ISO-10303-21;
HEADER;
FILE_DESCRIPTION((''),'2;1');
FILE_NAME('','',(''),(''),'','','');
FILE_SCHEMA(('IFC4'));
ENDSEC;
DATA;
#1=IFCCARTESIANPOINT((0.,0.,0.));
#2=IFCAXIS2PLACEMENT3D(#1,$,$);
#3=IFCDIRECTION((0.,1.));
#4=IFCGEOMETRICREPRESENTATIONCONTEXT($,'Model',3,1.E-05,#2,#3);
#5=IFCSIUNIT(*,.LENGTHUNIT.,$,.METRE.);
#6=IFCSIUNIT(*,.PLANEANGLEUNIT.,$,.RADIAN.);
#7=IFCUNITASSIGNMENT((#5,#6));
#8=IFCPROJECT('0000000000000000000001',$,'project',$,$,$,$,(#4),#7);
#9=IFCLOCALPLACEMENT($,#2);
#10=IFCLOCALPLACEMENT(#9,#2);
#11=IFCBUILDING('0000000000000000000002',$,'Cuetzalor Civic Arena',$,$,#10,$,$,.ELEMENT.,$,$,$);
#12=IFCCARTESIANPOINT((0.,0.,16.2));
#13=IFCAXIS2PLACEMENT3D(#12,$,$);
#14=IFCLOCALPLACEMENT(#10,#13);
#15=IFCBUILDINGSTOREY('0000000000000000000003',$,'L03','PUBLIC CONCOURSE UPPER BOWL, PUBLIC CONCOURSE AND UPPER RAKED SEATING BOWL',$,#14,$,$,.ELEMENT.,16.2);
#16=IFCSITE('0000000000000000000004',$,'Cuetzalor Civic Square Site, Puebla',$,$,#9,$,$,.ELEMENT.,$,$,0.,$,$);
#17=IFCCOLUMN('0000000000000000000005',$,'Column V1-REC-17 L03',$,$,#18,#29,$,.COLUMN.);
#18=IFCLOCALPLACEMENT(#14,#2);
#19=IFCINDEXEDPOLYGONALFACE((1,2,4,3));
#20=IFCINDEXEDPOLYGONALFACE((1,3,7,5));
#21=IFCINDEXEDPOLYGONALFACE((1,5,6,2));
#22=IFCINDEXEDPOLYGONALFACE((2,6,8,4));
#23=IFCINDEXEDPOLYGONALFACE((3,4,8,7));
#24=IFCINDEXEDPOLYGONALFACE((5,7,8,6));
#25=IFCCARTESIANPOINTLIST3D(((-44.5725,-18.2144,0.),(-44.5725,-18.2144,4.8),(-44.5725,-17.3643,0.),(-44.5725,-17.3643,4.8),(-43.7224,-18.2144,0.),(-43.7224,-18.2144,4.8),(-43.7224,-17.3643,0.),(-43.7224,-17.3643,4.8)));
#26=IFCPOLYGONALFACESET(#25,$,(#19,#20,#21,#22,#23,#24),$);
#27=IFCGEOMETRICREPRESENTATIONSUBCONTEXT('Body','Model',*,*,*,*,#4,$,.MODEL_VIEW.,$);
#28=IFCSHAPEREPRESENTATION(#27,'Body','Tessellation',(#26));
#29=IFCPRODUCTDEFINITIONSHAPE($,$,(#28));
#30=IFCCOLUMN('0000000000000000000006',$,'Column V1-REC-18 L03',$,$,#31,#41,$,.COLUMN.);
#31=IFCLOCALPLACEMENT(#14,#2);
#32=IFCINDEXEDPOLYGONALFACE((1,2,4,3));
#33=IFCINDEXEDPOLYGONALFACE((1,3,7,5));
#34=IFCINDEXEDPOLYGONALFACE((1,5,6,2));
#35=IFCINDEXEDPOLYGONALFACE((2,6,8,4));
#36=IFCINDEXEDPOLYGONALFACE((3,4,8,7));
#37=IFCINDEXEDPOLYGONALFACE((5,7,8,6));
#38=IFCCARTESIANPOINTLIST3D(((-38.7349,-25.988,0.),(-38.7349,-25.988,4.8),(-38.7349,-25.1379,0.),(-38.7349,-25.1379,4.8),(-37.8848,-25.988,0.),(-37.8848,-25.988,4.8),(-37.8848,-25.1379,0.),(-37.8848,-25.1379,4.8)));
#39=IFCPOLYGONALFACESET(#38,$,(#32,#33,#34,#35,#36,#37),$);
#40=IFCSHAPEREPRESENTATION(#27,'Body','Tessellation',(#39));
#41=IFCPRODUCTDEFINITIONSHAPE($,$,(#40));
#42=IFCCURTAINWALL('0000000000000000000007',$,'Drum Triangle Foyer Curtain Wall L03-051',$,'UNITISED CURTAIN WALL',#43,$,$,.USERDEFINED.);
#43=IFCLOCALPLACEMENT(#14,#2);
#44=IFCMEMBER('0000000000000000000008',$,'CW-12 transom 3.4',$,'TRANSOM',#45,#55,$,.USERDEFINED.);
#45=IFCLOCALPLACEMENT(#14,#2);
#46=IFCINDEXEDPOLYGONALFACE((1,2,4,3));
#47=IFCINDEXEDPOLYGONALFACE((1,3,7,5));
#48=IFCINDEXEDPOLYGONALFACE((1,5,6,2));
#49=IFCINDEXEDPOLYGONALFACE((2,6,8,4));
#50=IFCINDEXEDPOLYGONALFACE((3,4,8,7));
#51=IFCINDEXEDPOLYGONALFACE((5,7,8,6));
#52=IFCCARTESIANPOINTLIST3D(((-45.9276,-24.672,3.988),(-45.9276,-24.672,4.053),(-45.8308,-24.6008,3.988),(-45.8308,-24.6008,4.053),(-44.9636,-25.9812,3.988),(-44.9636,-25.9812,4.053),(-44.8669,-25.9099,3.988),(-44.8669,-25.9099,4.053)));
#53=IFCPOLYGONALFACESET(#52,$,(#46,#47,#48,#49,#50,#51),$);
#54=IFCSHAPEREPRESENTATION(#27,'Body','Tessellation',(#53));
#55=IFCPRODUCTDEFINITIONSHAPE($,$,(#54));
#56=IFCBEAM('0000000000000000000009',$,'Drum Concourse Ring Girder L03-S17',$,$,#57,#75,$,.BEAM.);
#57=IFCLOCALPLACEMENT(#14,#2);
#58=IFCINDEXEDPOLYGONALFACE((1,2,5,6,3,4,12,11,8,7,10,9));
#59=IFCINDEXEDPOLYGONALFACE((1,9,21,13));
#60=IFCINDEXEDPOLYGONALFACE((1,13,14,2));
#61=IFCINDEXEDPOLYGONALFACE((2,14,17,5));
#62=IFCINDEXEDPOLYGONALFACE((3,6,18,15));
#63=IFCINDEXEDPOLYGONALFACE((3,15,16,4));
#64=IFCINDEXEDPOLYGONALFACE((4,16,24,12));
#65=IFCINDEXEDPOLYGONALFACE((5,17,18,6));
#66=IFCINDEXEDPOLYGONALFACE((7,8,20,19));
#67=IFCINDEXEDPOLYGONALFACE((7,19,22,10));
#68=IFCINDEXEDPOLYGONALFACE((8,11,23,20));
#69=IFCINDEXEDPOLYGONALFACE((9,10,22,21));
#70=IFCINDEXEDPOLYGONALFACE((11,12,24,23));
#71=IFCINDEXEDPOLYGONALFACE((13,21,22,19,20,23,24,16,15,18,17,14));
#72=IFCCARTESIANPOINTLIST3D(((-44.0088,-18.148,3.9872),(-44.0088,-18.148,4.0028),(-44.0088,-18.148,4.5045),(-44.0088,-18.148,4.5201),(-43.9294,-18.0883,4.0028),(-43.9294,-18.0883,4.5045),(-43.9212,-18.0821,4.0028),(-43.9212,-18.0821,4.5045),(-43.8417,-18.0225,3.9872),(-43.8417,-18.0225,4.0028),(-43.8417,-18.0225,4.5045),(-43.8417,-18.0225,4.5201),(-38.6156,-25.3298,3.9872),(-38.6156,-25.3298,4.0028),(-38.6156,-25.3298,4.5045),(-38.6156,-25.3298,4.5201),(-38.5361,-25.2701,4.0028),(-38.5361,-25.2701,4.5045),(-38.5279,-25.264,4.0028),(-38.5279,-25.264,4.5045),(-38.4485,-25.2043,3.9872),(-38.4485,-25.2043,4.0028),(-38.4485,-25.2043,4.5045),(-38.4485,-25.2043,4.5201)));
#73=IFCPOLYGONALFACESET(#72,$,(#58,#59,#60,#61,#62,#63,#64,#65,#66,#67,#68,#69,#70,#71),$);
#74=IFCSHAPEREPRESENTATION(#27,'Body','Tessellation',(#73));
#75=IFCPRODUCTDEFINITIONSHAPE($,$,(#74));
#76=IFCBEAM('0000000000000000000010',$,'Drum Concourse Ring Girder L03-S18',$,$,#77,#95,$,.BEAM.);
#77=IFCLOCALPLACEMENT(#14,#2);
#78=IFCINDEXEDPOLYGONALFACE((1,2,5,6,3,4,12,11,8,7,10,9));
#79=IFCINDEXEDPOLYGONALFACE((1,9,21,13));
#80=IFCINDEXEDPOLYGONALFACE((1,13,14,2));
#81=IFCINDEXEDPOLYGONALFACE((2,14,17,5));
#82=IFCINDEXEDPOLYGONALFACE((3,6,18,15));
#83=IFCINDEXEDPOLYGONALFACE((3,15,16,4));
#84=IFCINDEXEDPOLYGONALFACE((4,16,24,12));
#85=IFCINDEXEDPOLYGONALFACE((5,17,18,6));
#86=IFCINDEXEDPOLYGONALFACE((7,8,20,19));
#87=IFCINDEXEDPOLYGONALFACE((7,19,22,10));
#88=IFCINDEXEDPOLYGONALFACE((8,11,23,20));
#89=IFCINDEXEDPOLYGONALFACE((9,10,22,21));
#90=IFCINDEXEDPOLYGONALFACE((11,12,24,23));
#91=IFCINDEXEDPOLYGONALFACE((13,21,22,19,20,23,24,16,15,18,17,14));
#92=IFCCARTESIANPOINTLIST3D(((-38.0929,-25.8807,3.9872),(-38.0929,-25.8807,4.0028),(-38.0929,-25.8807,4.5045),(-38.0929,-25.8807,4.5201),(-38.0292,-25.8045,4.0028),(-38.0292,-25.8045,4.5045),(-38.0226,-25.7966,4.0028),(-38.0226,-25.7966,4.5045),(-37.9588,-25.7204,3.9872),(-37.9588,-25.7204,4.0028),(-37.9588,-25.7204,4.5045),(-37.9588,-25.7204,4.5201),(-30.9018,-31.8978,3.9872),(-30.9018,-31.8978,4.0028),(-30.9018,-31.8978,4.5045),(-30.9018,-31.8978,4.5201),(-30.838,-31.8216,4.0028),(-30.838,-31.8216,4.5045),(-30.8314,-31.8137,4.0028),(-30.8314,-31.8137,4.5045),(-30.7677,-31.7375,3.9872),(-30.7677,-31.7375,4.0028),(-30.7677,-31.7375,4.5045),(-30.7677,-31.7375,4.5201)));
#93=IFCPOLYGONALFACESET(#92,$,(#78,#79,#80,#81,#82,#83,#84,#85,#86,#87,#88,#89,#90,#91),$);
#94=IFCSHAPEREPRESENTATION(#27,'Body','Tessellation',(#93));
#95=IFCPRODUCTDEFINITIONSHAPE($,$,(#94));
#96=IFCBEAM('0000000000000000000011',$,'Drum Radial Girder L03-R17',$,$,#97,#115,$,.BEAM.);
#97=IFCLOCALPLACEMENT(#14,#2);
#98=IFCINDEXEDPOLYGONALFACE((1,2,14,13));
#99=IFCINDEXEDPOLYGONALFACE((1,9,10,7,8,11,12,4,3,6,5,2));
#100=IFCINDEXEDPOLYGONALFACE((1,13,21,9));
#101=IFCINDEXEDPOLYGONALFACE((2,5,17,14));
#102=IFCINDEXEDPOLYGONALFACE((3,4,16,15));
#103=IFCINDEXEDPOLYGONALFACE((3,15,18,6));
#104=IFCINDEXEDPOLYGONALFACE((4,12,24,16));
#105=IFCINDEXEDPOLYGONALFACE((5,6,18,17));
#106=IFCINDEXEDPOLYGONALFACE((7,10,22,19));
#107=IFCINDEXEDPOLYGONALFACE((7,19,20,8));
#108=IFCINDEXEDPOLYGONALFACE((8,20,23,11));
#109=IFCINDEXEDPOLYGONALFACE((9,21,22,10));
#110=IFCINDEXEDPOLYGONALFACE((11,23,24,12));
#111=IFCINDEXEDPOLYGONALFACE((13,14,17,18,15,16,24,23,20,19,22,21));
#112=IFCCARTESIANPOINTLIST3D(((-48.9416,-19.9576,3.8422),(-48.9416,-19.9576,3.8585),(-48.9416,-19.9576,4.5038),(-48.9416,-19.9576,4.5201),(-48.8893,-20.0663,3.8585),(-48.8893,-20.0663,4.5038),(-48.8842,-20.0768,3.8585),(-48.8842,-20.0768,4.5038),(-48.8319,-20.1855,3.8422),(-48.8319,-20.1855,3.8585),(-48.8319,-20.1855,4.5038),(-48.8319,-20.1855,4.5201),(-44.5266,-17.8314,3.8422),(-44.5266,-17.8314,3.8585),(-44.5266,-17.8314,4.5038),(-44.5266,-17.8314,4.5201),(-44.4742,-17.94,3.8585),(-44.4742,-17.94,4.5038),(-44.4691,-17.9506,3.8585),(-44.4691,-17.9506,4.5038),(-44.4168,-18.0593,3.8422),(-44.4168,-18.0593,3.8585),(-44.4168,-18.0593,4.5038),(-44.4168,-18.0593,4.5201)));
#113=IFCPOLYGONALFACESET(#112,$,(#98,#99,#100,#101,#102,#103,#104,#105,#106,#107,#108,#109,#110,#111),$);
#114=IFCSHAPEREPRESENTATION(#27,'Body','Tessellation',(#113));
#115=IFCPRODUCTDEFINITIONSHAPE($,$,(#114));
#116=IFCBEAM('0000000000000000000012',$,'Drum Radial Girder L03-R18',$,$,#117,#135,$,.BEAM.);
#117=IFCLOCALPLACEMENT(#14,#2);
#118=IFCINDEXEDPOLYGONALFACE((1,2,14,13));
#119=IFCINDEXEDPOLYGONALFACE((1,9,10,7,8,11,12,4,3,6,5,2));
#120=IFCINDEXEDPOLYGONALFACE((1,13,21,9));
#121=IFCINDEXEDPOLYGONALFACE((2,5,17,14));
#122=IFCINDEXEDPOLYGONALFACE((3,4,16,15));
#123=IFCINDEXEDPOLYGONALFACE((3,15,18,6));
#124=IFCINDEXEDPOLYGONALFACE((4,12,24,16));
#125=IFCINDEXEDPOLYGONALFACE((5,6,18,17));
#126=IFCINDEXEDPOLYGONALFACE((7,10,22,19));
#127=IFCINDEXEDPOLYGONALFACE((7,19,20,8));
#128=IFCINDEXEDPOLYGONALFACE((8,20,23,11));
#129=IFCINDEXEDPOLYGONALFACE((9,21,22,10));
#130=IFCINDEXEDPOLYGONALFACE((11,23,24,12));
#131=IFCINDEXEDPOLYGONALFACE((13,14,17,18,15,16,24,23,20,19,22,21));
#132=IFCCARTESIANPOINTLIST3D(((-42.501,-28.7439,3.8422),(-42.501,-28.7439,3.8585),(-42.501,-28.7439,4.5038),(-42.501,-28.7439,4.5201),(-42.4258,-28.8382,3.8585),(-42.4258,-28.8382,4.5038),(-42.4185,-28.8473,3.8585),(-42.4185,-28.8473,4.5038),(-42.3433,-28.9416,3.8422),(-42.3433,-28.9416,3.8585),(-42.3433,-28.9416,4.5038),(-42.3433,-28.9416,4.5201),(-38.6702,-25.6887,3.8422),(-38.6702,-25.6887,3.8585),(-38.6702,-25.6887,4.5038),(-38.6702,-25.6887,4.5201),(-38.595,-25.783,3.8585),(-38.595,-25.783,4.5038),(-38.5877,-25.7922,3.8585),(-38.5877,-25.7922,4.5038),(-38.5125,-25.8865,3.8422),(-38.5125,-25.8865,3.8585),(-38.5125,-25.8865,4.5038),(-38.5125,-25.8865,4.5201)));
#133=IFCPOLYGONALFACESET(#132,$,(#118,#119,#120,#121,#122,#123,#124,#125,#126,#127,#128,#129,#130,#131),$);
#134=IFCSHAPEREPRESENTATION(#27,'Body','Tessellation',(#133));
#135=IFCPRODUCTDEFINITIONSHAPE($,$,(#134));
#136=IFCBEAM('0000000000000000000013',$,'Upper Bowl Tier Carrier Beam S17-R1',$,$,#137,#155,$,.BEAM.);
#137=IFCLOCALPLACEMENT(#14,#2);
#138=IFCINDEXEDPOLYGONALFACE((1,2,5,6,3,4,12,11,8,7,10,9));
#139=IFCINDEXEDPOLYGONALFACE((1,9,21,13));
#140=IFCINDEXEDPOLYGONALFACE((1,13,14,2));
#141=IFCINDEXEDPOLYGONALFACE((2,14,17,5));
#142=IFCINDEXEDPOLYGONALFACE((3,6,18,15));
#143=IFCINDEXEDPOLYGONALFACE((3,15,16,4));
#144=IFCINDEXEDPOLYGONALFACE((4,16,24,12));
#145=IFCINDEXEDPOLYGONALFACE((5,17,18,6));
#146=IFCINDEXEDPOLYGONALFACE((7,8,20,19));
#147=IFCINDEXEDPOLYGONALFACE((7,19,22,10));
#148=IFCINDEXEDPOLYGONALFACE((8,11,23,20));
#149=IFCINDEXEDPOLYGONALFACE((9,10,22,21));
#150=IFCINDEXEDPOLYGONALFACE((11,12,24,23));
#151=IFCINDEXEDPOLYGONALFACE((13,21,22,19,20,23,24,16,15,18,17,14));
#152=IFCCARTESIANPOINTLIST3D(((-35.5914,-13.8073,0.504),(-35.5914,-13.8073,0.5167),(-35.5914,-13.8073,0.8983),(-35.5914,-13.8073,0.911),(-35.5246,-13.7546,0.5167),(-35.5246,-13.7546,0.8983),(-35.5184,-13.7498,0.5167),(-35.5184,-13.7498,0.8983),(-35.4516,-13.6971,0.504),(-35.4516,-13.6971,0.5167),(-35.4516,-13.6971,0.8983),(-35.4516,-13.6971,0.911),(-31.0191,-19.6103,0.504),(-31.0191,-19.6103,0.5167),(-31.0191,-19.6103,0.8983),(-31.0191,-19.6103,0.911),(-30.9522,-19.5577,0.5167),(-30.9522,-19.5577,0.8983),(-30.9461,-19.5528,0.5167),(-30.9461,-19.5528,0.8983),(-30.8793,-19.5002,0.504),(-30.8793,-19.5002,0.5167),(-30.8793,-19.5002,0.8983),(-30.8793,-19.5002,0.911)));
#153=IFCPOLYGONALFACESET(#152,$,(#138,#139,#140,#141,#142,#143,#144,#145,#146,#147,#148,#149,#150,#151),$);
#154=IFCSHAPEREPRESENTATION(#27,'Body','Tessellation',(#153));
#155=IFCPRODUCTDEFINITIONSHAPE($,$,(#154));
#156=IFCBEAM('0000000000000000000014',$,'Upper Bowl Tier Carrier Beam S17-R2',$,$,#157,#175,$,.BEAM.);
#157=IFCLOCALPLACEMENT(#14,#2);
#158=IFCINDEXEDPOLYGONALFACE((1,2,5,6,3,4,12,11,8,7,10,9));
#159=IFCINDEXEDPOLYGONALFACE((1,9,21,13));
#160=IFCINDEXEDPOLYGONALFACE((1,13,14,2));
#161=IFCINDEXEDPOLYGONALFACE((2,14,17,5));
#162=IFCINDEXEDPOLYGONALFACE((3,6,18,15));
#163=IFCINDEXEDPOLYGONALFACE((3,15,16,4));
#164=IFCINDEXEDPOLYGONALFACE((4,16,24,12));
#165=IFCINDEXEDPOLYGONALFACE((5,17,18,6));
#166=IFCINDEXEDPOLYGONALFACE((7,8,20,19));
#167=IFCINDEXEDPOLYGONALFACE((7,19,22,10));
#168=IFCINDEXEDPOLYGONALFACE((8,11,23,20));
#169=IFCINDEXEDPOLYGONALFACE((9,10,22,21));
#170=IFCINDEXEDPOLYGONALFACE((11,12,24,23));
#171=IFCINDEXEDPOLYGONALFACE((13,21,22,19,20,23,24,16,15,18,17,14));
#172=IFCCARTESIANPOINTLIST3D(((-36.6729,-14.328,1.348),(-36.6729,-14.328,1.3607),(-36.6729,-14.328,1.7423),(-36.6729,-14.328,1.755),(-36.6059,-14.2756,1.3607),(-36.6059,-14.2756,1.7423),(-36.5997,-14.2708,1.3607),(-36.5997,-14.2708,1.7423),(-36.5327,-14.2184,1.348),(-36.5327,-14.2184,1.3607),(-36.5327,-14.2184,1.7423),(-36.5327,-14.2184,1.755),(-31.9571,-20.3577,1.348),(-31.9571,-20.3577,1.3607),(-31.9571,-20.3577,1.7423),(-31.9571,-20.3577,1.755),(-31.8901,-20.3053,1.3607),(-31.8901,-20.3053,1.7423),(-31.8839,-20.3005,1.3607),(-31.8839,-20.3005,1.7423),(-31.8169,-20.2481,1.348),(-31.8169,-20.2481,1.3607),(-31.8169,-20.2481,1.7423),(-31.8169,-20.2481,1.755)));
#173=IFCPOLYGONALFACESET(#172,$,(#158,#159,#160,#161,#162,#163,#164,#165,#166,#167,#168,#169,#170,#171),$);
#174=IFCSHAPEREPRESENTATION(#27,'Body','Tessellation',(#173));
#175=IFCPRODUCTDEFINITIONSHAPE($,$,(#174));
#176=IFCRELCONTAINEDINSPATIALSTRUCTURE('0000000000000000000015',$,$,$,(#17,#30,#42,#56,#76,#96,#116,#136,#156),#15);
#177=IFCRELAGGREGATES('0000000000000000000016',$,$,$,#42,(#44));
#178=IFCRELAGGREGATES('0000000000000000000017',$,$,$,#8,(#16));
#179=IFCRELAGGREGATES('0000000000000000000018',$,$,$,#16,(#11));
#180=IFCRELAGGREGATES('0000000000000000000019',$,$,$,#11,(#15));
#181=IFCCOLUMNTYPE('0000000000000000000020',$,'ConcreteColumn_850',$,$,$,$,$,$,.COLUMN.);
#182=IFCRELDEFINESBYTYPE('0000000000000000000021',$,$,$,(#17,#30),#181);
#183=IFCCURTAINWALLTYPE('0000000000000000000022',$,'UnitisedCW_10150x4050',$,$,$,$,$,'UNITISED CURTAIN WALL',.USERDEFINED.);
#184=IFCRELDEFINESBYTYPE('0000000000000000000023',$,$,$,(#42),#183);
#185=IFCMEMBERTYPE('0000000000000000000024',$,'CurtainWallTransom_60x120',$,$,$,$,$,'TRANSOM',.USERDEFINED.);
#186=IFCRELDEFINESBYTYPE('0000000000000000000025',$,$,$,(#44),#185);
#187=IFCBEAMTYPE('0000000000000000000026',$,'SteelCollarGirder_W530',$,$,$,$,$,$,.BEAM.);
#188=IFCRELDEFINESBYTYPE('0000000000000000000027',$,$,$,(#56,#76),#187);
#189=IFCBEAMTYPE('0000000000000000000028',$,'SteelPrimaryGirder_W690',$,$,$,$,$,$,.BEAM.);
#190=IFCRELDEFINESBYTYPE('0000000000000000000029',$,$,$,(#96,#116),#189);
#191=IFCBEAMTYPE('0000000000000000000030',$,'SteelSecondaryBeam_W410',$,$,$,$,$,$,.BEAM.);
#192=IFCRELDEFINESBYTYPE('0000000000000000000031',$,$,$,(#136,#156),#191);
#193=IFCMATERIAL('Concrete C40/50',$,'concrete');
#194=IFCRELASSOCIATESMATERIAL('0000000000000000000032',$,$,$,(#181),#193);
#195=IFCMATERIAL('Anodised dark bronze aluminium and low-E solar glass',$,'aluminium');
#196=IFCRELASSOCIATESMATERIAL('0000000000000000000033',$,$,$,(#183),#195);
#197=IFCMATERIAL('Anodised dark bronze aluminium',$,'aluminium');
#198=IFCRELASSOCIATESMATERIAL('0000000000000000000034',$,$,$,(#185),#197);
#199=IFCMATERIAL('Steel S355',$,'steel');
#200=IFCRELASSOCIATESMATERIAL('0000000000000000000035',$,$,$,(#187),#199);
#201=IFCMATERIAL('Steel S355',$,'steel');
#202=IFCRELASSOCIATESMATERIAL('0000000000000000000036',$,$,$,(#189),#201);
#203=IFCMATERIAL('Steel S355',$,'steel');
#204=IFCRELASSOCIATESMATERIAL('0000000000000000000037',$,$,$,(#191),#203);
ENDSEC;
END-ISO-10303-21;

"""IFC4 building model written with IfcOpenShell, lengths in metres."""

from ifc_helpers import new_model, si_unit, direction, frame, origin, origin_2d, place, context, subcontext, project, spatial, rectangle, i_section, extrude, material, material_profile, profile_set, type_object, element, aggregate, save


model = new_model("IFC4")

# Units and contexts
model_context = context("Model", 3, precision=1e-05, world=origin(), true_north=direction((0.0, 1.0)))
body_context = subcontext(model_context, "Body", "Model", "MODEL_VIEW")
ifc_project = project(units=[si_unit("LENGTHUNIT", "METRE"), si_unit("PLANEANGLEUNIT", "RADIAN")], contexts=[model_context])

# Site, building, storey
site_placement = place(None, origin())
site = spatial("IfcSite", under=ifc_project, at=site_placement, Name="Cuetzalor Civic Square Site, Puebla", CompositionType="ELEMENT", RefElevation=0.0)
building_placement = place(site_placement, origin())
building = spatial("IfcBuilding", under=site, at=building_placement, Name="Cuetzalor Civic Arena", CompositionType="ELEMENT")
storey_placement = place(building_placement, frame((0.0, 0.0, 16.2)))
storey = spatial("IfcBuildingStorey", under=building, at=storey_placement, Name="L03", Description="PUBLIC CONCOURSE UPPER BOWL, PUBLIC CONCOURSE AND UPPER RAKED SEATING BOWL", CompositionType="ELEMENT", Elevation=16.2)

# Columns
ifc_material_1 = material(Name="Concrete C40/50", Category="concrete")
ifc_material_profile_1 = material_profile(ifc_material_1, rectangle(XDim=0.8501, YDim=0.8501, at=origin_2d()), Name="RC 850x850")
ifc_profile_set_1 = profile_set([ifc_material_profile_1], Name="Concrete C40/50")
column_type = type_object("IfcColumnType", Name="ConcreteColumn_850", PredefinedType="COLUMN", material=ifc_profile_set_1)
for number, where, z_axis, x_axis, name in (
    (1, (-44.1475, -17.7893, 0.0), (0.0, 0.0, 1.0), (1.0, 0.0, 0.0), "Column V1-REC-17 L03"),
    (2, (-38.3098, -25.563, 0.0), (0.0, 0.0, 1.0), (1.0, 0.0, 0.0), "Column V1-REC-18 L03"),
):
    element("IfcColumn", number, at=place(storey_placement, frame(where, z_axis=z_axis, x_axis=x_axis)), inside=storey, type_object=column_type, Name=name, PredefinedType="COLUMN", context=body_context, shape_type="SweptSolid", body=[
        extrude(rectangle(XDim=0.8501, YDim=0.8501, at=origin_2d()), origin(), (0.0, 0.0, 1.0), 4.8),
    ])

# Curtain wall, member
ifc_material_2 = material(Name="Anodised dark bronze aluminium and low-E solar glass", Category="aluminium")
curtain_wall_type = type_object("IfcCurtainWallType", Name="UnitisedCW_10150x4050", ElementType="UNITISED CURTAIN WALL", PredefinedType="USERDEFINED", material=ifc_material_2)
curtain_wall_placement = place(storey_placement, origin())
curtain_wall = element("IfcCurtainWall", 3, at=curtain_wall_placement, inside=storey, type_object=curtain_wall_type, Name="Drum Triangle Foyer Curtain Wall L03-051", ObjectType="UNITISED CURTAIN WALL", PredefinedType="USERDEFINED")
ifc_material_3 = material(Name="Anodised dark bronze aluminium", Category="aluminium")
ifc_material_profile_2 = material_profile(ifc_material_3, rectangle(XDim=0.1201, YDim=0.0649, at=origin_2d()), Name="ALU TRANSOM 65x120")
ifc_profile_set_2 = profile_set([ifc_material_profile_2], Name="Anodised dark bronze aluminium")
member_type = type_object("IfcMemberType", Name="CurtainWallTransom_60x120", ElementType="TRANSOM", PredefinedType="USERDEFINED", material=ifc_profile_set_2)
member_placement = place(storey_placement, frame((-44.9153, -25.9456, 4.0205), z_axis=(-0.592912, 0.805267, 0.0), x_axis=(-0.805267, -0.592912, 0.0)))
member = element("IfcMember", 4, at=member_placement, type_object=member_type, Name="CW-12 transom 3.4", ObjectType="TRANSOM", PredefinedType="USERDEFINED", context=body_context, shape_type="SweptSolid", body=[
    extrude(rectangle(XDim=0.1201, YDim=0.0649, at=origin_2d()), origin(), (0.0, 0.0, 1.0), 1.6257),
])

# Beams
ifc_material_4 = material(Name="Steel S355", Category="steel")
ifc_material_profile_3 = material_profile(ifc_material_4, i_section(OverallWidth=0.209, OverallDepth=0.533, WebThickness=0.0103, FlangeThickness=0.0156, at=origin_2d()), Name="W530x92")
ifc_profile_set_3 = profile_set([ifc_material_profile_3], Name="Steel S355")
beam_type_1 = type_object("IfcBeamType", Name="SteelCollarGirder_W530", PredefinedType="BEAM", material=ifc_profile_set_3)
beam_1_placement = place(storey_placement, frame((-43.9253, -18.0852, 4.2537), z_axis=(0.600491, -0.799631, 0.0), x_axis=(0.799631, 0.600491, 0.0)))
element("IfcBeam", 5, at=beam_1_placement, inside=storey, type_object=beam_type_1, Name="Drum Concourse Ring Girder L03-S17", PredefinedType="BEAM", context=body_context, shape_type="SweptSolid", body=[
    extrude(i_section(OverallWidth=0.209, OverallDepth=0.533, WebThickness=0.0103, FlangeThickness=0.0156, at=origin_2d()), origin(), (0.0, 0.0, 1.0), 8.9814),
])
beam_2_placement = place(storey_placement, frame((-38.0259, -25.8005, 4.2537), z_axis=(0.766937, -0.641722, 0.0), x_axis=(0.641722, 0.766937, 0.0)))
element("IfcBeam", 6, at=beam_2_placement, inside=storey, type_object=beam_type_1, Name="Drum Concourse Ring Girder L03-S18", PredefinedType="BEAM", context=body_context, shape_type="SweptSolid", body=[
    extrude(i_section(OverallWidth=0.209, OverallDepth=0.533, WebThickness=0.0103, FlangeThickness=0.0156, at=origin_2d()), origin(), (0.0, 0.0, 1.0), 9.3765),
])
ifc_material_5 = material(Name="Steel S355", Category="steel")
ifc_material_profile_4 = material_profile(ifc_material_5, i_section(OverallWidth=0.2529, OverallDepth=0.678, WebThickness=0.0117, FlangeThickness=0.0164, at=origin_2d()), Name="W690x125")
ifc_profile_set_4 = profile_set([ifc_material_profile_4], Name="Steel S355")
beam_type_2 = type_object("IfcBeamType", Name="SteelPrimaryGirder_W690", PredefinedType="BEAM", material=ifc_profile_set_4)
beam_3_placement = place(storey_placement, frame((-44.4717, -17.9453, 4.1812), z_axis=(-0.900965, -0.433892, 0.0), x_axis=(0.433892, -0.900965, 0.0)))
element("IfcBeam", 7, at=beam_3_placement, inside=storey, type_object=beam_type_2, Name="Drum Radial Girder L03-R17", PredefinedType="BEAM", context=body_context, shape_type="SweptSolid", body=[
    extrude(i_section(OverallWidth=0.2529, OverallDepth=0.678, WebThickness=0.0117, FlangeThickness=0.0164, at=origin_2d()), origin(), (0.0, 0.0, 1.0), 4.9004),
])
beam_4_placement = place(storey_placement, frame((-38.5913, -25.7876, 4.1812), z_axis=(-0.781811, -0.623516, 0.0), x_axis=(0.623516, -0.781811, 0.0)))
element("IfcBeam", 8, at=beam_4_placement, inside=storey, type_object=beam_type_2, Name="Drum Radial Girder L03-R18", PredefinedType="BEAM", context=body_context, shape_type="SweptSolid", body=[
    extrude(i_section(OverallWidth=0.2529, OverallDepth=0.678, WebThickness=0.0117, FlangeThickness=0.0164, at=origin_2d()), origin(), (0.0, 0.0, 1.0), 4.8999),
])
ifc_material_6 = material(Name="Steel S355", Category="steel")
ifc_material_profile_5 = material_profile(ifc_material_6, i_section(OverallWidth=0.178, OverallDepth=0.407, WebThickness=0.0078, FlangeThickness=0.0127, at=origin_2d()), Name="W410x60")
ifc_profile_set_5 = profile_set([ifc_material_profile_5], Name="Steel S355")
beam_type_3 = type_object("IfcBeamType", Name="SteelSecondaryBeam_W410", PredefinedType="BEAM", material=ifc_profile_set_5)
beam_5_placement = place(storey_placement, frame((-35.5215, -13.7522, 0.7075), z_axis=(0.618891, -0.785477, 0.0), x_axis=(0.785477, 0.618891, 0.0)))
element("IfcBeam", 9, at=beam_5_placement, inside=storey, type_object=beam_type_3, Name="Upper Bowl Tier Carrier Beam S17-R1", PredefinedType="BEAM", context=body_context, shape_type="SweptSolid", body=[
    extrude(i_section(OverallWidth=0.178, OverallDepth=0.407, WebThickness=0.0078, FlangeThickness=0.0127, at=origin_2d()), origin(), (0.0, 0.0, 1.0), 7.3879),
])
beam_6_placement = place(storey_placement, frame((-36.6028, -14.2732, 1.5515), z_axis=(0.616054, -0.787704, 0.0), x_axis=(0.787704, 0.616054, 0.0)))
element("IfcBeam", 10, at=beam_6_placement, inside=storey, type_object=beam_type_3, Name="Upper Bowl Tier Carrier Beam S17-R2", PredefinedType="BEAM", context=body_context, shape_type="SweptSolid", body=[
    extrude(i_section(OverallWidth=0.178, OverallDepth=0.407, WebThickness=0.0078, FlangeThickness=0.0127, at=origin_2d()), origin(), (0.0, 0.0, 1.0), 7.6548),
])

aggregate(curtain_wall, [member])

save(model, "model.ifc")
